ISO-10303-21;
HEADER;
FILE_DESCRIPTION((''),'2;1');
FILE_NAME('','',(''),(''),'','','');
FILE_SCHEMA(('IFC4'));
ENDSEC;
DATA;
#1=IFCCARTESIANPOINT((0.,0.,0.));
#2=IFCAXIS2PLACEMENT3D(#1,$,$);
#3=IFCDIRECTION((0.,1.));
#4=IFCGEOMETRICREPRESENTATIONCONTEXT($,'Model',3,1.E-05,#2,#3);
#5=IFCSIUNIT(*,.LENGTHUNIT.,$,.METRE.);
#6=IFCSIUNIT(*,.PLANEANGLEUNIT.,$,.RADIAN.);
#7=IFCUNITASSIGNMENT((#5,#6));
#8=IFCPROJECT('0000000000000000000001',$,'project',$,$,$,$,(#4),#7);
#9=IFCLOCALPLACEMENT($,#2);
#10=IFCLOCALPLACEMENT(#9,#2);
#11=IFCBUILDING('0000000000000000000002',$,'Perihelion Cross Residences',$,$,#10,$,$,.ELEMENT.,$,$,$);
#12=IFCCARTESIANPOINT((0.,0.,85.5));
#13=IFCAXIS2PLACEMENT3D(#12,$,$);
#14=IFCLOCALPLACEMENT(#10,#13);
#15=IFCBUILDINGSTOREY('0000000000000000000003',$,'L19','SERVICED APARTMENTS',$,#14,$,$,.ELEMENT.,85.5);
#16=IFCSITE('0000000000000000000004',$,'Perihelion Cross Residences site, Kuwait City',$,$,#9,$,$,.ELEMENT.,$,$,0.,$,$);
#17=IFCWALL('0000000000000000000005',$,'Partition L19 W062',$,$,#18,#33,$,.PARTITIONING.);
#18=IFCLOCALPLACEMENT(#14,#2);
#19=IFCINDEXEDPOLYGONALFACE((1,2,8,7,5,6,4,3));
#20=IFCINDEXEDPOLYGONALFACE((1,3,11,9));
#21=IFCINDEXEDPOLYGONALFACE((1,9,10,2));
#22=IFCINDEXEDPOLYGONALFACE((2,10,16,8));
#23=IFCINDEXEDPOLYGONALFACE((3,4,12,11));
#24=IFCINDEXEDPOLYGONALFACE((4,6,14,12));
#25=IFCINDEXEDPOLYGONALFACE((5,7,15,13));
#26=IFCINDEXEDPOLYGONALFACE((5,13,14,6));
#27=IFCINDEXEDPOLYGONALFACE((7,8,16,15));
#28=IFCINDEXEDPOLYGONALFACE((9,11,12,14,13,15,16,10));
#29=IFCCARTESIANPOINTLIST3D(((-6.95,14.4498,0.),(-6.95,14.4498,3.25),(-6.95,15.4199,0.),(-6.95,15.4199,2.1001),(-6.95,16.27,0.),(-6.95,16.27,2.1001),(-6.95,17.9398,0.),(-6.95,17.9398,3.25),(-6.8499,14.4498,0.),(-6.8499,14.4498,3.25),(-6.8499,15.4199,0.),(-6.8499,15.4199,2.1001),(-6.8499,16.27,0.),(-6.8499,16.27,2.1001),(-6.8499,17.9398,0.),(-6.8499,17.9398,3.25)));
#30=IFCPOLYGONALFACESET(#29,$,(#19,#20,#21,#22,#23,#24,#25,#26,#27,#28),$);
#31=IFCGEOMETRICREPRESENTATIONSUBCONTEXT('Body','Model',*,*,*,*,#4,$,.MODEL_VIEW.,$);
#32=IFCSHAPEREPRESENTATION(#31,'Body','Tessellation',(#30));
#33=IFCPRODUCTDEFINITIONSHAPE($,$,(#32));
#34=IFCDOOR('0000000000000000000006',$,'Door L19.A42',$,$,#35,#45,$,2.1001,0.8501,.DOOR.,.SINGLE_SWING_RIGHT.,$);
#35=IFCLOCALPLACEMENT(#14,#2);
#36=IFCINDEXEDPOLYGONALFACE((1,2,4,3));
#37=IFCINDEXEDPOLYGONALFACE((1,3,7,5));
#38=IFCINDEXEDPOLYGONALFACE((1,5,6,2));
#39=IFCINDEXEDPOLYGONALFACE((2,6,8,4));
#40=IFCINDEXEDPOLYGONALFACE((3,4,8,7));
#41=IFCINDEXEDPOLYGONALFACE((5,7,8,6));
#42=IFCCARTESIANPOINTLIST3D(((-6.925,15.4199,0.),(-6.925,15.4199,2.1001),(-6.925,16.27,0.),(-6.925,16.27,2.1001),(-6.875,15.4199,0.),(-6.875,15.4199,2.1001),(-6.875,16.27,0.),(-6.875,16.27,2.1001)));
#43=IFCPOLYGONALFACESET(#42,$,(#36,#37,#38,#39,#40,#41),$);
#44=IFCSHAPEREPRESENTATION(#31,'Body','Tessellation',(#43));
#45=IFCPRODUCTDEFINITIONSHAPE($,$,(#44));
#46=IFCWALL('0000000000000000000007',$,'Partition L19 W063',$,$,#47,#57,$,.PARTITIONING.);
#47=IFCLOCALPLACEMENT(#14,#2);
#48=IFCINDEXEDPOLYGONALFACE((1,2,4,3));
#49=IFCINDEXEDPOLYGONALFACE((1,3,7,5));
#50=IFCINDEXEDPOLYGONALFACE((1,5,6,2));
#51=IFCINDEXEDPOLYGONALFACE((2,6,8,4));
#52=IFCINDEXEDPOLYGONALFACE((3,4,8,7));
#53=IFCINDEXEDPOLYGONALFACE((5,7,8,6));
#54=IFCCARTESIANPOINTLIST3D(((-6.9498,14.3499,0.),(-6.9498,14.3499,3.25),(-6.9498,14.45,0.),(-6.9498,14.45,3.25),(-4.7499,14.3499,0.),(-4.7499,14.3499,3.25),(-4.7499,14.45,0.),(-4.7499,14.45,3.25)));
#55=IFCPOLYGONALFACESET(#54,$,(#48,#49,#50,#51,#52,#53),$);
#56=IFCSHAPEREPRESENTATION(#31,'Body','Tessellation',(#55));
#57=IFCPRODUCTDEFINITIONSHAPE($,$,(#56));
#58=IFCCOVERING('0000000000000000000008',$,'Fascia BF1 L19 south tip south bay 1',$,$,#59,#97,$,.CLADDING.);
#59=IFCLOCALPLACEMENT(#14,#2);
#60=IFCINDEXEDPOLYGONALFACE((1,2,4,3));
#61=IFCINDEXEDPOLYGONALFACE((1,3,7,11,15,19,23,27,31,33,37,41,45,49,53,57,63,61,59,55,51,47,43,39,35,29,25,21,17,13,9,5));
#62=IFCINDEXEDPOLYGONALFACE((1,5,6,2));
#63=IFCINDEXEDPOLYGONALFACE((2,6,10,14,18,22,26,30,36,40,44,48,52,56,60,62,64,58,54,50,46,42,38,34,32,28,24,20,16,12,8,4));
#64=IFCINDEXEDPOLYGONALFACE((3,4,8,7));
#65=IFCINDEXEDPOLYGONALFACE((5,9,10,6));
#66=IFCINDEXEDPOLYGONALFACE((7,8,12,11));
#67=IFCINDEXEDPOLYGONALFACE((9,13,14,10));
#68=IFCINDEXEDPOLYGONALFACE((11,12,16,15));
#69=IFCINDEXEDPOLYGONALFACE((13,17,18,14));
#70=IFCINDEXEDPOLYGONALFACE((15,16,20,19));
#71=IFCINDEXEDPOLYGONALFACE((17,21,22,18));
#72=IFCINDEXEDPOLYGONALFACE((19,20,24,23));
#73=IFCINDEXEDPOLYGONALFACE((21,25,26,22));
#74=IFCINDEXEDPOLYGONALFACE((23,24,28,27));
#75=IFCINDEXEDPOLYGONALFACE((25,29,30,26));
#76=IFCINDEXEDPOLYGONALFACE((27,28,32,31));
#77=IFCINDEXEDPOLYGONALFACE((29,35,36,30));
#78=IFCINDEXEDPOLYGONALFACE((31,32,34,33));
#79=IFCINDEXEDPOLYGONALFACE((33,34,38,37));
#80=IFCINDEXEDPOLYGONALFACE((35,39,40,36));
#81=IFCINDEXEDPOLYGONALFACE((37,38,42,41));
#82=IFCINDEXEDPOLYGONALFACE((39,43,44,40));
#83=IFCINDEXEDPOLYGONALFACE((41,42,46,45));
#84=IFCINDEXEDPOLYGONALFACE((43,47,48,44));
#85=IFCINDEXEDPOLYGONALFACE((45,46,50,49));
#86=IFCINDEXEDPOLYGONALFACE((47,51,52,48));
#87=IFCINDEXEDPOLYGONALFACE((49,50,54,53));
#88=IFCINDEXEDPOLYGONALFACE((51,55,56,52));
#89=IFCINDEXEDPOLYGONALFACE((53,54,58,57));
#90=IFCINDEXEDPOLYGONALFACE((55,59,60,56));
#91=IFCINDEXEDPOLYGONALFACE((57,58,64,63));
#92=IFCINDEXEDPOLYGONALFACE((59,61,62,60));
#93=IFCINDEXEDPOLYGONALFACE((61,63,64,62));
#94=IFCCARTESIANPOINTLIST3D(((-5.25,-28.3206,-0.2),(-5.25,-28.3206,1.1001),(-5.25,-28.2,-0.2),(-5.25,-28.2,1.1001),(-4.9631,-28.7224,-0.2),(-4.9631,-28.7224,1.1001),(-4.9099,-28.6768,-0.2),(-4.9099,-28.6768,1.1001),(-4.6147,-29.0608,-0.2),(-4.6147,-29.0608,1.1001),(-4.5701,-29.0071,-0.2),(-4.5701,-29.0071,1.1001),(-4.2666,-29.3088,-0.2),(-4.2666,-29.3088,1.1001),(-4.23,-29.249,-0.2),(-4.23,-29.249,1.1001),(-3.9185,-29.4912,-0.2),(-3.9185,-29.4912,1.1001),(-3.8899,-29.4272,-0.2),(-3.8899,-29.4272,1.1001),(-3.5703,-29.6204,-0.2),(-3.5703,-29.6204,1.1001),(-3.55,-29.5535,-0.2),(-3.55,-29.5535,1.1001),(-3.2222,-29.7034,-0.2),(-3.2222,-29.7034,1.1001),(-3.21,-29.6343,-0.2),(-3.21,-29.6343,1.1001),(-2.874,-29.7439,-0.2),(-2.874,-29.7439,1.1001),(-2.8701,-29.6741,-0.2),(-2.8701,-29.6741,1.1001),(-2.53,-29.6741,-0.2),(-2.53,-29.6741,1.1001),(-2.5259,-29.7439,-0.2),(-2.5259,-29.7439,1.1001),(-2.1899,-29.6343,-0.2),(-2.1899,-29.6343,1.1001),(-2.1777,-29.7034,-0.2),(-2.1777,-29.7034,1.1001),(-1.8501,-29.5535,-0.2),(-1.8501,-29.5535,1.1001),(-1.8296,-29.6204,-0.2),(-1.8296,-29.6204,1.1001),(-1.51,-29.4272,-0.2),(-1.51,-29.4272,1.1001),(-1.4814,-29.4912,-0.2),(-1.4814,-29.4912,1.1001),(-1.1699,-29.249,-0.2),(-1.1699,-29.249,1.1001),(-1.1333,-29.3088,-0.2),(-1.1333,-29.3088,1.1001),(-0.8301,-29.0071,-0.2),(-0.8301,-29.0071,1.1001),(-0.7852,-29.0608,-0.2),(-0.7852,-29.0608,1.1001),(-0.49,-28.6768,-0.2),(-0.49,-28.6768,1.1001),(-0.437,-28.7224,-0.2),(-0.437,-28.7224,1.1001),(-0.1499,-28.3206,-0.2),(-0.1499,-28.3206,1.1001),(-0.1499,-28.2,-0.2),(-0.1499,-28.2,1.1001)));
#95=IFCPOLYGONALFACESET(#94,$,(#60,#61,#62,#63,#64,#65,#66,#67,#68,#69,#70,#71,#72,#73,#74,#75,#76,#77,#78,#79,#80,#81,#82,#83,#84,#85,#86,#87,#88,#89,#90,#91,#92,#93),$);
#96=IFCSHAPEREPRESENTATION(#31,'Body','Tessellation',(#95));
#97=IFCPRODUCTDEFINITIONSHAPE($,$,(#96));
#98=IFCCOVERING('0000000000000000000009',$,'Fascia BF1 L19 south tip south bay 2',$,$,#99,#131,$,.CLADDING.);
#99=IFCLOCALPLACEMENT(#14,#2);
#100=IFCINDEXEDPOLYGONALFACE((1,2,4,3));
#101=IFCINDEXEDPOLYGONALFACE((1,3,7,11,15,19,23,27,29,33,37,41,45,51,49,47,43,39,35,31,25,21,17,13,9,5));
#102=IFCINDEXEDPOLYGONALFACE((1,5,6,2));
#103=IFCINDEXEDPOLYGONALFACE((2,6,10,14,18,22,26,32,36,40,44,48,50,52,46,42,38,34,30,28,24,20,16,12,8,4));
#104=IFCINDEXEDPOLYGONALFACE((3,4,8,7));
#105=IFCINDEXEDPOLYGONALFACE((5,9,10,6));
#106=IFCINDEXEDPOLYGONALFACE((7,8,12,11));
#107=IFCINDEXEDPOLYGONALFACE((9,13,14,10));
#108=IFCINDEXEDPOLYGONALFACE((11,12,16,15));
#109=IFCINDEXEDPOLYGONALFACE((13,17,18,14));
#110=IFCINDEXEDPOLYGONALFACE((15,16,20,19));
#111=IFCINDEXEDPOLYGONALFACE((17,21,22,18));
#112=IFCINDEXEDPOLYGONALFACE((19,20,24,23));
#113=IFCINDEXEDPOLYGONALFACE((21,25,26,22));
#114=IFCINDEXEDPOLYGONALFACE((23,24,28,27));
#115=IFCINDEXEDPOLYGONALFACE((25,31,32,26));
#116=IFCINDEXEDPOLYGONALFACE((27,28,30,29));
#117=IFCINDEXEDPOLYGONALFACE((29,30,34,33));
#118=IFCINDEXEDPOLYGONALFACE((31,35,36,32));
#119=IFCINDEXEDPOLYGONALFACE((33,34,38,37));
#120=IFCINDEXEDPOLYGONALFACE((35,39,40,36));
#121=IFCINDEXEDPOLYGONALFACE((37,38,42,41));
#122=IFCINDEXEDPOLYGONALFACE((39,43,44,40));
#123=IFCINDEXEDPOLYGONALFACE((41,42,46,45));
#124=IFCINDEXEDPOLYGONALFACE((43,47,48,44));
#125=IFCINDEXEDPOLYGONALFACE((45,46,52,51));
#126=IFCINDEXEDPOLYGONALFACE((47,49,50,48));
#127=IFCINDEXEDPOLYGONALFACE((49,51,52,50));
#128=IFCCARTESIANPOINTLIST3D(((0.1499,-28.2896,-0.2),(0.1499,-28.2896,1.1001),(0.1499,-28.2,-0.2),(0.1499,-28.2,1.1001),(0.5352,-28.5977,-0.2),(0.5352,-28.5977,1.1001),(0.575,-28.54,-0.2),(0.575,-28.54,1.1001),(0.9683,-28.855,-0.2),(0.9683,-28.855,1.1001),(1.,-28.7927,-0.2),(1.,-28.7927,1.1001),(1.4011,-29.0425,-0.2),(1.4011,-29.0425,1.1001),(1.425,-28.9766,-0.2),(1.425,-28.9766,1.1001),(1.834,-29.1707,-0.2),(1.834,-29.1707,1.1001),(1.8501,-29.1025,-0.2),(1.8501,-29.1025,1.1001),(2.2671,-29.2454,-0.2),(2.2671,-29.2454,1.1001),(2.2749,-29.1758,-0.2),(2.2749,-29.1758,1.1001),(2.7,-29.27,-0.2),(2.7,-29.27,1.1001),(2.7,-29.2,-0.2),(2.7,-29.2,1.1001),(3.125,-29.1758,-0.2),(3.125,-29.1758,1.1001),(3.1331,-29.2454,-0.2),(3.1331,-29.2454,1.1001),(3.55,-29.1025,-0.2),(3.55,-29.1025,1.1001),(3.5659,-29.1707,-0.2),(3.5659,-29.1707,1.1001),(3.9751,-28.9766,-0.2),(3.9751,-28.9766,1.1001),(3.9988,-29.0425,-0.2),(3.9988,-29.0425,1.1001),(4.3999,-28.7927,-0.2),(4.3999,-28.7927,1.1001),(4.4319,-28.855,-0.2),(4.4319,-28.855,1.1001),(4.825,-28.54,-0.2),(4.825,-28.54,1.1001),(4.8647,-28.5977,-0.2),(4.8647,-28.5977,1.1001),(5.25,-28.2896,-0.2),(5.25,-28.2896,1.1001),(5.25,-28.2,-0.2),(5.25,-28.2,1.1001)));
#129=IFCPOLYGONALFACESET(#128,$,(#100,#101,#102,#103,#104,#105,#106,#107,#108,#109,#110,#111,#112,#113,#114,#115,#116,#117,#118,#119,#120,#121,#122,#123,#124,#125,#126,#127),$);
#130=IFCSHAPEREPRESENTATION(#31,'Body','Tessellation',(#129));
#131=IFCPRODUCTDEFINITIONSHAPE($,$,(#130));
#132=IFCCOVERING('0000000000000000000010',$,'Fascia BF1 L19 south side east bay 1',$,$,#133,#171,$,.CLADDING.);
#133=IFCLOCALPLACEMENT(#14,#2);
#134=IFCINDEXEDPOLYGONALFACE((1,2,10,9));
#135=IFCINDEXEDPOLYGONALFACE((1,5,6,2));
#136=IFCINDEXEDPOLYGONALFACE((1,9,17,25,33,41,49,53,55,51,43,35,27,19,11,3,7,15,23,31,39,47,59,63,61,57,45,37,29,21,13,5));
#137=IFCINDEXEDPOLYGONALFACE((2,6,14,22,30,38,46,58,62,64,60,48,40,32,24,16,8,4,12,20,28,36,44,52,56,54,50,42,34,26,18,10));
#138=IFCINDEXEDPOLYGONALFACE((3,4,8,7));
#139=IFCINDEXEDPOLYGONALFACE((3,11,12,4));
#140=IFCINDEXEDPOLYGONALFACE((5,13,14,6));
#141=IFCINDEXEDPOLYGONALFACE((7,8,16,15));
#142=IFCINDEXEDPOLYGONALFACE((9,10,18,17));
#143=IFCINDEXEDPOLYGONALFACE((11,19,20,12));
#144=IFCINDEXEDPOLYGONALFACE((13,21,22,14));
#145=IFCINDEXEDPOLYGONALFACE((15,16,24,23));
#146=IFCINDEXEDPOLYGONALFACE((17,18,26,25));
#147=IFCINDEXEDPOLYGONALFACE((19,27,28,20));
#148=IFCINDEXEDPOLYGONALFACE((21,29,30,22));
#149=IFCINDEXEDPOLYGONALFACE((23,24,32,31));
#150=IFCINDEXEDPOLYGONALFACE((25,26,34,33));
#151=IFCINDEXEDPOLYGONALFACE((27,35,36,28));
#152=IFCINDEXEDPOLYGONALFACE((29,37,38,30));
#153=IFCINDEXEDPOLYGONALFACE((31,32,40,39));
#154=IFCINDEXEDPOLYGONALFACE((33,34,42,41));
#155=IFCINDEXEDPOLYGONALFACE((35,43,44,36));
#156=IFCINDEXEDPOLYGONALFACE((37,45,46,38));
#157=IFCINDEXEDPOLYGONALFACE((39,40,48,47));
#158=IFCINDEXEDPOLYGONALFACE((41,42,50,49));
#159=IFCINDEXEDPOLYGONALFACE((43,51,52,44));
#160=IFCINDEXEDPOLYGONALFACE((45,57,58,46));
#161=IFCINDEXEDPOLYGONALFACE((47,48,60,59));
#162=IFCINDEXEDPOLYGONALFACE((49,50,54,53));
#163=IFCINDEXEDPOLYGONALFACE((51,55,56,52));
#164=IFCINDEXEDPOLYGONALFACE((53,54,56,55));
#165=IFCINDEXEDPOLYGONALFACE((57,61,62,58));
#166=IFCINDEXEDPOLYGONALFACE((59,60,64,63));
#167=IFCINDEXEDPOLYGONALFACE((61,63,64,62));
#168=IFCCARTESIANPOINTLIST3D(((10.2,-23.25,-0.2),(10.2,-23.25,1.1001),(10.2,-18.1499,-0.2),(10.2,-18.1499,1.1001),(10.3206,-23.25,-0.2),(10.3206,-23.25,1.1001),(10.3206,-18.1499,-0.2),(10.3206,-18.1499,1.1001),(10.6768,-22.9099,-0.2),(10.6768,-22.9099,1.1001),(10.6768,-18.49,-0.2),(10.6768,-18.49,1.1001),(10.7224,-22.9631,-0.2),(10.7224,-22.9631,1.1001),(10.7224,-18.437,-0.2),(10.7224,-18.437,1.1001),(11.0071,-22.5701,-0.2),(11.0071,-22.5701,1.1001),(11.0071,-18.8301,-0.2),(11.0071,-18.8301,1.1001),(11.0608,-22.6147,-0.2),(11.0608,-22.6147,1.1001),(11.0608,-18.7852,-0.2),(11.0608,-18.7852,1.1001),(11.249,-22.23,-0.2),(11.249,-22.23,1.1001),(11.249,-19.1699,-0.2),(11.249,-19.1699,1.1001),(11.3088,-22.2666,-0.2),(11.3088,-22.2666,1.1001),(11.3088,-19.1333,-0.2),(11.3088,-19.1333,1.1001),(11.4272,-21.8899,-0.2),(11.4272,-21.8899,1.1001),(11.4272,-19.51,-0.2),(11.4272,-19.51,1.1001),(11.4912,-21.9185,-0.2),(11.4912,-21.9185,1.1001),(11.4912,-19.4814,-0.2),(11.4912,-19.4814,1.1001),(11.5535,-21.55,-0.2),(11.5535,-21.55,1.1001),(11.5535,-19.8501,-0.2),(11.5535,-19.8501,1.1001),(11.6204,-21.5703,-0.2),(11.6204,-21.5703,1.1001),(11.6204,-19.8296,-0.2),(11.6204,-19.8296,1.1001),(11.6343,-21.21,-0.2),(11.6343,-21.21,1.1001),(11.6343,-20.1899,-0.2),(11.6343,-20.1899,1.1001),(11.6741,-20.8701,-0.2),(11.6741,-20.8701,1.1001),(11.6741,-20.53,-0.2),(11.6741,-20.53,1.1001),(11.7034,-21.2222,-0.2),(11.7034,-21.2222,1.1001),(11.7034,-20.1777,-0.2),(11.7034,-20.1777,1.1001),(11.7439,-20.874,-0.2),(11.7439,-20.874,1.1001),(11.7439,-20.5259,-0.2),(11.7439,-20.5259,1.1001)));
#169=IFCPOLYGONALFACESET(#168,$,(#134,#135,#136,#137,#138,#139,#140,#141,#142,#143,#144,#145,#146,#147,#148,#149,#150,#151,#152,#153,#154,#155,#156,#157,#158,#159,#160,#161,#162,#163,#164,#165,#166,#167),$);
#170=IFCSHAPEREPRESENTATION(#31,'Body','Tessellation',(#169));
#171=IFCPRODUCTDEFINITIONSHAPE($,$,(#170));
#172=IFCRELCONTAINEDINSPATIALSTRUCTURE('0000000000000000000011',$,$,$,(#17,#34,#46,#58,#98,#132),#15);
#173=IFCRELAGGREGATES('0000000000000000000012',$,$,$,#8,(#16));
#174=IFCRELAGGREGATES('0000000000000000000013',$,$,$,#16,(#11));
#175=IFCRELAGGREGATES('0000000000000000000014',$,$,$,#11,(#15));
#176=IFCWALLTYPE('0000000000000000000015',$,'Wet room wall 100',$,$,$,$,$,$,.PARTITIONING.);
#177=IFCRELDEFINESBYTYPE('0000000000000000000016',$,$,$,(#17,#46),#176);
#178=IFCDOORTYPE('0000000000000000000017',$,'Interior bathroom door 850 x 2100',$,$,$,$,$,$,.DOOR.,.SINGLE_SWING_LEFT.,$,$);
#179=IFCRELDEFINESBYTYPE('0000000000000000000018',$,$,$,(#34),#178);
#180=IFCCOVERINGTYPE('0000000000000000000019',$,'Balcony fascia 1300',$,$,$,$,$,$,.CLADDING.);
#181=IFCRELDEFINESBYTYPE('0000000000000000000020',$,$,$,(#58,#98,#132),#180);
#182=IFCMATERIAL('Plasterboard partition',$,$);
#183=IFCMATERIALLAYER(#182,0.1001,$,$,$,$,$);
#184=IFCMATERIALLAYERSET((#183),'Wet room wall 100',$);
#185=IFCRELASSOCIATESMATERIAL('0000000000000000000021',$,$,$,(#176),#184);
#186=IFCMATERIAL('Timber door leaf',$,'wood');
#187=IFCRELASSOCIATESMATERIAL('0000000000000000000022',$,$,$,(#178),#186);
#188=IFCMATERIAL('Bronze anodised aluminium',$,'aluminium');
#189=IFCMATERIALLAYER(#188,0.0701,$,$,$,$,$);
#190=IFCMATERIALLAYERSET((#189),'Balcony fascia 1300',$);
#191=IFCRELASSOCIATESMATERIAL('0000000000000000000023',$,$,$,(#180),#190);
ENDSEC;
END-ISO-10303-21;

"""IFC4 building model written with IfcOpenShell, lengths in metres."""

from ifc_helpers import new_model, si_unit, direction, frame, frame_2d, origin, place, context, subcontext, project, spatial, polyline, rectangle, outline, extrude, material, layer, layer_set, type_object, element, fill, save


model = new_model("IFC4")

# Units and contexts
model_context = context("Model", 3, precision=1e-05, world=origin(), true_north=direction((0.0, 1.0)))
body_context = subcontext(model_context, "Body", "Model", "MODEL_VIEW")
ifc_project = project(units=[si_unit("LENGTHUNIT", "METRE"), si_unit("PLANEANGLEUNIT", "RADIAN")], contexts=[model_context])

# Site, building, storey
site_placement = place(None, origin())
site = spatial("IfcSite", under=ifc_project, at=site_placement, Name="Perihelion Cross Residences site, Kuwait City", CompositionType="ELEMENT", RefElevation=0.0)
building_placement = place(site_placement, origin())
building = spatial("IfcBuilding", under=site, at=building_placement, Name="Perihelion Cross Residences", CompositionType="ELEMENT")
storey_placement = place(building_placement, frame((0.0, 0.0, 85.5)))
storey = spatial("IfcBuildingStorey", under=building, at=storey_placement, Name="L19", Description="SERVICED APARTMENTS", CompositionType="ELEMENT", Elevation=85.5)

# Shared definitions
ifc_material_1 = material(Name="Plasterboard partition")
ifc_layer_1 = layer(ifc_material_1, 0.1001)
ifc_layer_set_1 = layer_set([ifc_layer_1], Name="Wet room wall 100")
wall_type_1 = type_object("IfcWallType", Name="Wet room wall 100", PredefinedType="PARTITIONING", material=ifc_layer_set_1)
ifc_material_2 = material(Name="Timber door leaf", Category="wood")
door_type_1 = type_object("IfcDoorType", Name="Interior bathroom door 850 x 2100", OperationType="SINGLE_SWING_LEFT", PredefinedType="DOOR", material=ifc_material_2)

# Wall, opening, door
wall_1_placement = place(storey_placement, frame((-6.8999, 17.9399, 0.0), z_axis=(0.0, 0.0, 1.0), x_axis=(0.0, -1.0, 0.0)))
wall_1 = element("IfcWall", 1, at=wall_1_placement, inside=storey, type_object=wall_type_1, Name="Partition L19 W062", PredefinedType="PARTITIONING", context=body_context, shape_type="SweptSolid", body=[
    extrude(rectangle(XDim=3.49, YDim=0.1001, at=frame_2d((1.7451, 0.0))), origin(), (0.0, 0.0, 1.0), 3.25),
])
opening_1_placement = place(wall_1_placement, frame((1.6699, 0.0, 0.0)))
opening_1 = element("IfcOpeningElement", 2, at=opening_1_placement, cuts=wall_1, PredefinedType="OPENING", context=body_context, shape_type="SweptSolid", body=[
    extrude(rectangle(XDim=0.8501, YDim=2.1001, at=frame_2d((0.425, 1.05))), frame((0.0, 0.0601, 0.0), z_axis=(0.0, -1.0, 0.0), x_axis=(1.0, 0.0, 0.0)), (0.0, 0.0, 1.0), 0.1201),
])
door_1_placement = place(opening_1_placement, origin())
door_1 = element("IfcDoor", 3, at=door_1_placement, inside=storey, type_object=door_type_1, Name="Door L19.A42", OperationType="SINGLE_SWING_RIGHT", OverallHeight=2.1001, OverallWidth=0.8501, PredefinedType="DOOR", context=body_context, shape_type="SweptSolid", body=[
    extrude(rectangle(XDim=0.8501, YDim=2.1001, at=frame_2d((0.425, 1.05))), frame((0.0, 0.0249, 0.0), z_axis=(0.0, -1.0, 0.0), x_axis=(1.0, 0.0, 0.0)), (0.0, 0.0, 1.0), 0.05),
])
fill(opening_1, door_1)

# Wall
wall_2_placement = place(storey_placement, frame((-6.95, 14.3999, 0.0), z_axis=(0.0, 0.0, 1.0), x_axis=(1.0, 0.0, 0.0)))
element("IfcWall", 4, at=wall_2_placement, inside=storey, type_object=wall_type_1, Name="Partition L19 W063", PredefinedType="PARTITIONING", context=body_context, shape_type="SweptSolid", body=[
    extrude(rectangle(XDim=2.2, YDim=0.1001, at=frame_2d((1.1001, 0.0))), origin(), (0.0, 0.0, 1.0), 3.25),
])

# Coverings
ifc_material_3 = material(Name="Bronze anodised aluminium", Category="aluminium")
ifc_layer_2 = layer(ifc_material_3, 0.0701)
ifc_layer_set_2 = layer_set([ifc_layer_2], Name="Balcony fascia 1300")
covering_type_1 = type_object("IfcCoveringType", Name="Balcony fascia 1300", PredefinedType="CLADDING", material=ifc_layer_set_2)
covering_1_placement = place(storey_placement, frame((0.0, 0.0, -0.2)))
element("IfcCovering", 5, at=covering_1_placement, inside=storey, type_object=covering_type_1, Name="Fascia BF1 L19 south tip south bay 1", PredefinedType="CLADDING", context=body_context, shape_type="SweptSolid", body=[
    extrude(outline(polyline([(-4.9631, -28.7224), (-4.6147, -29.0608), (-4.2666, -29.3088), (-3.9185, -29.4912), (-3.5703, -29.6204), (-3.2222, -29.7034), (-2.874, -29.7439), (-2.5259, -29.7439), (-2.1777, -29.7034), (-1.8296, -29.6204), (-1.4814, -29.4912), (-1.1333, -29.3088), (-0.7852, -29.0608), (-0.437, -28.7224), (-0.1499, -28.3206), (-0.1499, -28.2), (-0.49, -28.6768), (-0.8301, -29.0071), (-1.1699, -29.249), (-1.51, -29.4272), (-1.8501, -29.5535), (-2.1899, -29.6343), (-2.53, -29.6741), (-2.8701, -29.6741), (-3.21, -29.6343), (-3.55, -29.5535), (-3.8899, -29.4272), (-4.23, -29.249), (-4.5701, -29.0071), (-4.9099, -28.6768), (-5.25, -28.2), (-5.25, -28.3206), (-4.9631, -28.7224)])), origin(), (0.0, 0.0, 1.0), 1.3),
])
covering_2_placement = place(storey_placement, frame((0.0, 0.0, -0.2)))
element("IfcCovering", 6, at=covering_2_placement, inside=storey, type_object=covering_type_1, Name="Fascia BF1 L19 south tip south bay 2", PredefinedType="CLADDING", context=body_context, shape_type="SweptSolid", body=[
    extrude(outline(polyline([(0.5352, -28.5977), (0.9683, -28.855), (1.4011, -29.0425), (1.834, -29.1707), (2.2671, -29.2454), (2.7, -29.27), (3.1331, -29.2454), (3.5659, -29.1707), (3.9988, -29.0425), (4.4319, -28.855), (4.8647, -28.5977), (5.25, -28.2896), (5.25, -28.2), (4.825, -28.54), (4.3999, -28.7927), (3.9751, -28.9766), (3.55, -29.1025), (3.125, -29.1758), (2.7, -29.2), (2.2749, -29.1758), (1.8501, -29.1025), (1.425, -28.9766), (1.0, -28.7927), (0.575, -28.54), (0.1499, -28.2), (0.1499, -28.2896), (0.5352, -28.5977)])), origin(), (0.0, 0.0, 1.0), 1.3),
])
covering_3_placement = place(storey_placement, frame((0.0, 0.0, -0.2)))
element("IfcCovering", 7, at=covering_3_placement, inside=storey, type_object=covering_type_1, Name="Fascia BF1 L19 south side east bay 1", PredefinedType="CLADDING", context=body_context, shape_type="SweptSolid", body=[
    extrude(outline(polyline([(10.7224, -22.9631), (11.0608, -22.6147), (11.3088, -22.2666), (11.4912, -21.9185), (11.6204, -21.5703), (11.7034, -21.2222), (11.7439, -20.874), (11.7439, -20.5259), (11.7034, -20.1777), (11.6204, -19.8296), (11.4912, -19.4814), (11.3088, -19.1333), (11.0608, -18.7852), (10.7224, -18.437), (10.3206, -18.1499), (10.2, -18.1499), (10.6768, -18.49), (11.0071, -18.8301), (11.249, -19.1699), (11.4272, -19.51), (11.5535, -19.8501), (11.6343, -20.1899), (11.6741, -20.53), (11.6741, -20.8701), (11.6343, -21.21), (11.5535, -21.55), (11.4272, -21.8899), (11.249, -22.23), (11.0071, -22.5701), (10.6768, -22.9099), (10.2, -23.25), (10.3206, -23.25), (10.7224, -22.9631)])), origin(), (0.0, 0.0, 1.0), 1.3),
])

save(model, "model.ifc")
